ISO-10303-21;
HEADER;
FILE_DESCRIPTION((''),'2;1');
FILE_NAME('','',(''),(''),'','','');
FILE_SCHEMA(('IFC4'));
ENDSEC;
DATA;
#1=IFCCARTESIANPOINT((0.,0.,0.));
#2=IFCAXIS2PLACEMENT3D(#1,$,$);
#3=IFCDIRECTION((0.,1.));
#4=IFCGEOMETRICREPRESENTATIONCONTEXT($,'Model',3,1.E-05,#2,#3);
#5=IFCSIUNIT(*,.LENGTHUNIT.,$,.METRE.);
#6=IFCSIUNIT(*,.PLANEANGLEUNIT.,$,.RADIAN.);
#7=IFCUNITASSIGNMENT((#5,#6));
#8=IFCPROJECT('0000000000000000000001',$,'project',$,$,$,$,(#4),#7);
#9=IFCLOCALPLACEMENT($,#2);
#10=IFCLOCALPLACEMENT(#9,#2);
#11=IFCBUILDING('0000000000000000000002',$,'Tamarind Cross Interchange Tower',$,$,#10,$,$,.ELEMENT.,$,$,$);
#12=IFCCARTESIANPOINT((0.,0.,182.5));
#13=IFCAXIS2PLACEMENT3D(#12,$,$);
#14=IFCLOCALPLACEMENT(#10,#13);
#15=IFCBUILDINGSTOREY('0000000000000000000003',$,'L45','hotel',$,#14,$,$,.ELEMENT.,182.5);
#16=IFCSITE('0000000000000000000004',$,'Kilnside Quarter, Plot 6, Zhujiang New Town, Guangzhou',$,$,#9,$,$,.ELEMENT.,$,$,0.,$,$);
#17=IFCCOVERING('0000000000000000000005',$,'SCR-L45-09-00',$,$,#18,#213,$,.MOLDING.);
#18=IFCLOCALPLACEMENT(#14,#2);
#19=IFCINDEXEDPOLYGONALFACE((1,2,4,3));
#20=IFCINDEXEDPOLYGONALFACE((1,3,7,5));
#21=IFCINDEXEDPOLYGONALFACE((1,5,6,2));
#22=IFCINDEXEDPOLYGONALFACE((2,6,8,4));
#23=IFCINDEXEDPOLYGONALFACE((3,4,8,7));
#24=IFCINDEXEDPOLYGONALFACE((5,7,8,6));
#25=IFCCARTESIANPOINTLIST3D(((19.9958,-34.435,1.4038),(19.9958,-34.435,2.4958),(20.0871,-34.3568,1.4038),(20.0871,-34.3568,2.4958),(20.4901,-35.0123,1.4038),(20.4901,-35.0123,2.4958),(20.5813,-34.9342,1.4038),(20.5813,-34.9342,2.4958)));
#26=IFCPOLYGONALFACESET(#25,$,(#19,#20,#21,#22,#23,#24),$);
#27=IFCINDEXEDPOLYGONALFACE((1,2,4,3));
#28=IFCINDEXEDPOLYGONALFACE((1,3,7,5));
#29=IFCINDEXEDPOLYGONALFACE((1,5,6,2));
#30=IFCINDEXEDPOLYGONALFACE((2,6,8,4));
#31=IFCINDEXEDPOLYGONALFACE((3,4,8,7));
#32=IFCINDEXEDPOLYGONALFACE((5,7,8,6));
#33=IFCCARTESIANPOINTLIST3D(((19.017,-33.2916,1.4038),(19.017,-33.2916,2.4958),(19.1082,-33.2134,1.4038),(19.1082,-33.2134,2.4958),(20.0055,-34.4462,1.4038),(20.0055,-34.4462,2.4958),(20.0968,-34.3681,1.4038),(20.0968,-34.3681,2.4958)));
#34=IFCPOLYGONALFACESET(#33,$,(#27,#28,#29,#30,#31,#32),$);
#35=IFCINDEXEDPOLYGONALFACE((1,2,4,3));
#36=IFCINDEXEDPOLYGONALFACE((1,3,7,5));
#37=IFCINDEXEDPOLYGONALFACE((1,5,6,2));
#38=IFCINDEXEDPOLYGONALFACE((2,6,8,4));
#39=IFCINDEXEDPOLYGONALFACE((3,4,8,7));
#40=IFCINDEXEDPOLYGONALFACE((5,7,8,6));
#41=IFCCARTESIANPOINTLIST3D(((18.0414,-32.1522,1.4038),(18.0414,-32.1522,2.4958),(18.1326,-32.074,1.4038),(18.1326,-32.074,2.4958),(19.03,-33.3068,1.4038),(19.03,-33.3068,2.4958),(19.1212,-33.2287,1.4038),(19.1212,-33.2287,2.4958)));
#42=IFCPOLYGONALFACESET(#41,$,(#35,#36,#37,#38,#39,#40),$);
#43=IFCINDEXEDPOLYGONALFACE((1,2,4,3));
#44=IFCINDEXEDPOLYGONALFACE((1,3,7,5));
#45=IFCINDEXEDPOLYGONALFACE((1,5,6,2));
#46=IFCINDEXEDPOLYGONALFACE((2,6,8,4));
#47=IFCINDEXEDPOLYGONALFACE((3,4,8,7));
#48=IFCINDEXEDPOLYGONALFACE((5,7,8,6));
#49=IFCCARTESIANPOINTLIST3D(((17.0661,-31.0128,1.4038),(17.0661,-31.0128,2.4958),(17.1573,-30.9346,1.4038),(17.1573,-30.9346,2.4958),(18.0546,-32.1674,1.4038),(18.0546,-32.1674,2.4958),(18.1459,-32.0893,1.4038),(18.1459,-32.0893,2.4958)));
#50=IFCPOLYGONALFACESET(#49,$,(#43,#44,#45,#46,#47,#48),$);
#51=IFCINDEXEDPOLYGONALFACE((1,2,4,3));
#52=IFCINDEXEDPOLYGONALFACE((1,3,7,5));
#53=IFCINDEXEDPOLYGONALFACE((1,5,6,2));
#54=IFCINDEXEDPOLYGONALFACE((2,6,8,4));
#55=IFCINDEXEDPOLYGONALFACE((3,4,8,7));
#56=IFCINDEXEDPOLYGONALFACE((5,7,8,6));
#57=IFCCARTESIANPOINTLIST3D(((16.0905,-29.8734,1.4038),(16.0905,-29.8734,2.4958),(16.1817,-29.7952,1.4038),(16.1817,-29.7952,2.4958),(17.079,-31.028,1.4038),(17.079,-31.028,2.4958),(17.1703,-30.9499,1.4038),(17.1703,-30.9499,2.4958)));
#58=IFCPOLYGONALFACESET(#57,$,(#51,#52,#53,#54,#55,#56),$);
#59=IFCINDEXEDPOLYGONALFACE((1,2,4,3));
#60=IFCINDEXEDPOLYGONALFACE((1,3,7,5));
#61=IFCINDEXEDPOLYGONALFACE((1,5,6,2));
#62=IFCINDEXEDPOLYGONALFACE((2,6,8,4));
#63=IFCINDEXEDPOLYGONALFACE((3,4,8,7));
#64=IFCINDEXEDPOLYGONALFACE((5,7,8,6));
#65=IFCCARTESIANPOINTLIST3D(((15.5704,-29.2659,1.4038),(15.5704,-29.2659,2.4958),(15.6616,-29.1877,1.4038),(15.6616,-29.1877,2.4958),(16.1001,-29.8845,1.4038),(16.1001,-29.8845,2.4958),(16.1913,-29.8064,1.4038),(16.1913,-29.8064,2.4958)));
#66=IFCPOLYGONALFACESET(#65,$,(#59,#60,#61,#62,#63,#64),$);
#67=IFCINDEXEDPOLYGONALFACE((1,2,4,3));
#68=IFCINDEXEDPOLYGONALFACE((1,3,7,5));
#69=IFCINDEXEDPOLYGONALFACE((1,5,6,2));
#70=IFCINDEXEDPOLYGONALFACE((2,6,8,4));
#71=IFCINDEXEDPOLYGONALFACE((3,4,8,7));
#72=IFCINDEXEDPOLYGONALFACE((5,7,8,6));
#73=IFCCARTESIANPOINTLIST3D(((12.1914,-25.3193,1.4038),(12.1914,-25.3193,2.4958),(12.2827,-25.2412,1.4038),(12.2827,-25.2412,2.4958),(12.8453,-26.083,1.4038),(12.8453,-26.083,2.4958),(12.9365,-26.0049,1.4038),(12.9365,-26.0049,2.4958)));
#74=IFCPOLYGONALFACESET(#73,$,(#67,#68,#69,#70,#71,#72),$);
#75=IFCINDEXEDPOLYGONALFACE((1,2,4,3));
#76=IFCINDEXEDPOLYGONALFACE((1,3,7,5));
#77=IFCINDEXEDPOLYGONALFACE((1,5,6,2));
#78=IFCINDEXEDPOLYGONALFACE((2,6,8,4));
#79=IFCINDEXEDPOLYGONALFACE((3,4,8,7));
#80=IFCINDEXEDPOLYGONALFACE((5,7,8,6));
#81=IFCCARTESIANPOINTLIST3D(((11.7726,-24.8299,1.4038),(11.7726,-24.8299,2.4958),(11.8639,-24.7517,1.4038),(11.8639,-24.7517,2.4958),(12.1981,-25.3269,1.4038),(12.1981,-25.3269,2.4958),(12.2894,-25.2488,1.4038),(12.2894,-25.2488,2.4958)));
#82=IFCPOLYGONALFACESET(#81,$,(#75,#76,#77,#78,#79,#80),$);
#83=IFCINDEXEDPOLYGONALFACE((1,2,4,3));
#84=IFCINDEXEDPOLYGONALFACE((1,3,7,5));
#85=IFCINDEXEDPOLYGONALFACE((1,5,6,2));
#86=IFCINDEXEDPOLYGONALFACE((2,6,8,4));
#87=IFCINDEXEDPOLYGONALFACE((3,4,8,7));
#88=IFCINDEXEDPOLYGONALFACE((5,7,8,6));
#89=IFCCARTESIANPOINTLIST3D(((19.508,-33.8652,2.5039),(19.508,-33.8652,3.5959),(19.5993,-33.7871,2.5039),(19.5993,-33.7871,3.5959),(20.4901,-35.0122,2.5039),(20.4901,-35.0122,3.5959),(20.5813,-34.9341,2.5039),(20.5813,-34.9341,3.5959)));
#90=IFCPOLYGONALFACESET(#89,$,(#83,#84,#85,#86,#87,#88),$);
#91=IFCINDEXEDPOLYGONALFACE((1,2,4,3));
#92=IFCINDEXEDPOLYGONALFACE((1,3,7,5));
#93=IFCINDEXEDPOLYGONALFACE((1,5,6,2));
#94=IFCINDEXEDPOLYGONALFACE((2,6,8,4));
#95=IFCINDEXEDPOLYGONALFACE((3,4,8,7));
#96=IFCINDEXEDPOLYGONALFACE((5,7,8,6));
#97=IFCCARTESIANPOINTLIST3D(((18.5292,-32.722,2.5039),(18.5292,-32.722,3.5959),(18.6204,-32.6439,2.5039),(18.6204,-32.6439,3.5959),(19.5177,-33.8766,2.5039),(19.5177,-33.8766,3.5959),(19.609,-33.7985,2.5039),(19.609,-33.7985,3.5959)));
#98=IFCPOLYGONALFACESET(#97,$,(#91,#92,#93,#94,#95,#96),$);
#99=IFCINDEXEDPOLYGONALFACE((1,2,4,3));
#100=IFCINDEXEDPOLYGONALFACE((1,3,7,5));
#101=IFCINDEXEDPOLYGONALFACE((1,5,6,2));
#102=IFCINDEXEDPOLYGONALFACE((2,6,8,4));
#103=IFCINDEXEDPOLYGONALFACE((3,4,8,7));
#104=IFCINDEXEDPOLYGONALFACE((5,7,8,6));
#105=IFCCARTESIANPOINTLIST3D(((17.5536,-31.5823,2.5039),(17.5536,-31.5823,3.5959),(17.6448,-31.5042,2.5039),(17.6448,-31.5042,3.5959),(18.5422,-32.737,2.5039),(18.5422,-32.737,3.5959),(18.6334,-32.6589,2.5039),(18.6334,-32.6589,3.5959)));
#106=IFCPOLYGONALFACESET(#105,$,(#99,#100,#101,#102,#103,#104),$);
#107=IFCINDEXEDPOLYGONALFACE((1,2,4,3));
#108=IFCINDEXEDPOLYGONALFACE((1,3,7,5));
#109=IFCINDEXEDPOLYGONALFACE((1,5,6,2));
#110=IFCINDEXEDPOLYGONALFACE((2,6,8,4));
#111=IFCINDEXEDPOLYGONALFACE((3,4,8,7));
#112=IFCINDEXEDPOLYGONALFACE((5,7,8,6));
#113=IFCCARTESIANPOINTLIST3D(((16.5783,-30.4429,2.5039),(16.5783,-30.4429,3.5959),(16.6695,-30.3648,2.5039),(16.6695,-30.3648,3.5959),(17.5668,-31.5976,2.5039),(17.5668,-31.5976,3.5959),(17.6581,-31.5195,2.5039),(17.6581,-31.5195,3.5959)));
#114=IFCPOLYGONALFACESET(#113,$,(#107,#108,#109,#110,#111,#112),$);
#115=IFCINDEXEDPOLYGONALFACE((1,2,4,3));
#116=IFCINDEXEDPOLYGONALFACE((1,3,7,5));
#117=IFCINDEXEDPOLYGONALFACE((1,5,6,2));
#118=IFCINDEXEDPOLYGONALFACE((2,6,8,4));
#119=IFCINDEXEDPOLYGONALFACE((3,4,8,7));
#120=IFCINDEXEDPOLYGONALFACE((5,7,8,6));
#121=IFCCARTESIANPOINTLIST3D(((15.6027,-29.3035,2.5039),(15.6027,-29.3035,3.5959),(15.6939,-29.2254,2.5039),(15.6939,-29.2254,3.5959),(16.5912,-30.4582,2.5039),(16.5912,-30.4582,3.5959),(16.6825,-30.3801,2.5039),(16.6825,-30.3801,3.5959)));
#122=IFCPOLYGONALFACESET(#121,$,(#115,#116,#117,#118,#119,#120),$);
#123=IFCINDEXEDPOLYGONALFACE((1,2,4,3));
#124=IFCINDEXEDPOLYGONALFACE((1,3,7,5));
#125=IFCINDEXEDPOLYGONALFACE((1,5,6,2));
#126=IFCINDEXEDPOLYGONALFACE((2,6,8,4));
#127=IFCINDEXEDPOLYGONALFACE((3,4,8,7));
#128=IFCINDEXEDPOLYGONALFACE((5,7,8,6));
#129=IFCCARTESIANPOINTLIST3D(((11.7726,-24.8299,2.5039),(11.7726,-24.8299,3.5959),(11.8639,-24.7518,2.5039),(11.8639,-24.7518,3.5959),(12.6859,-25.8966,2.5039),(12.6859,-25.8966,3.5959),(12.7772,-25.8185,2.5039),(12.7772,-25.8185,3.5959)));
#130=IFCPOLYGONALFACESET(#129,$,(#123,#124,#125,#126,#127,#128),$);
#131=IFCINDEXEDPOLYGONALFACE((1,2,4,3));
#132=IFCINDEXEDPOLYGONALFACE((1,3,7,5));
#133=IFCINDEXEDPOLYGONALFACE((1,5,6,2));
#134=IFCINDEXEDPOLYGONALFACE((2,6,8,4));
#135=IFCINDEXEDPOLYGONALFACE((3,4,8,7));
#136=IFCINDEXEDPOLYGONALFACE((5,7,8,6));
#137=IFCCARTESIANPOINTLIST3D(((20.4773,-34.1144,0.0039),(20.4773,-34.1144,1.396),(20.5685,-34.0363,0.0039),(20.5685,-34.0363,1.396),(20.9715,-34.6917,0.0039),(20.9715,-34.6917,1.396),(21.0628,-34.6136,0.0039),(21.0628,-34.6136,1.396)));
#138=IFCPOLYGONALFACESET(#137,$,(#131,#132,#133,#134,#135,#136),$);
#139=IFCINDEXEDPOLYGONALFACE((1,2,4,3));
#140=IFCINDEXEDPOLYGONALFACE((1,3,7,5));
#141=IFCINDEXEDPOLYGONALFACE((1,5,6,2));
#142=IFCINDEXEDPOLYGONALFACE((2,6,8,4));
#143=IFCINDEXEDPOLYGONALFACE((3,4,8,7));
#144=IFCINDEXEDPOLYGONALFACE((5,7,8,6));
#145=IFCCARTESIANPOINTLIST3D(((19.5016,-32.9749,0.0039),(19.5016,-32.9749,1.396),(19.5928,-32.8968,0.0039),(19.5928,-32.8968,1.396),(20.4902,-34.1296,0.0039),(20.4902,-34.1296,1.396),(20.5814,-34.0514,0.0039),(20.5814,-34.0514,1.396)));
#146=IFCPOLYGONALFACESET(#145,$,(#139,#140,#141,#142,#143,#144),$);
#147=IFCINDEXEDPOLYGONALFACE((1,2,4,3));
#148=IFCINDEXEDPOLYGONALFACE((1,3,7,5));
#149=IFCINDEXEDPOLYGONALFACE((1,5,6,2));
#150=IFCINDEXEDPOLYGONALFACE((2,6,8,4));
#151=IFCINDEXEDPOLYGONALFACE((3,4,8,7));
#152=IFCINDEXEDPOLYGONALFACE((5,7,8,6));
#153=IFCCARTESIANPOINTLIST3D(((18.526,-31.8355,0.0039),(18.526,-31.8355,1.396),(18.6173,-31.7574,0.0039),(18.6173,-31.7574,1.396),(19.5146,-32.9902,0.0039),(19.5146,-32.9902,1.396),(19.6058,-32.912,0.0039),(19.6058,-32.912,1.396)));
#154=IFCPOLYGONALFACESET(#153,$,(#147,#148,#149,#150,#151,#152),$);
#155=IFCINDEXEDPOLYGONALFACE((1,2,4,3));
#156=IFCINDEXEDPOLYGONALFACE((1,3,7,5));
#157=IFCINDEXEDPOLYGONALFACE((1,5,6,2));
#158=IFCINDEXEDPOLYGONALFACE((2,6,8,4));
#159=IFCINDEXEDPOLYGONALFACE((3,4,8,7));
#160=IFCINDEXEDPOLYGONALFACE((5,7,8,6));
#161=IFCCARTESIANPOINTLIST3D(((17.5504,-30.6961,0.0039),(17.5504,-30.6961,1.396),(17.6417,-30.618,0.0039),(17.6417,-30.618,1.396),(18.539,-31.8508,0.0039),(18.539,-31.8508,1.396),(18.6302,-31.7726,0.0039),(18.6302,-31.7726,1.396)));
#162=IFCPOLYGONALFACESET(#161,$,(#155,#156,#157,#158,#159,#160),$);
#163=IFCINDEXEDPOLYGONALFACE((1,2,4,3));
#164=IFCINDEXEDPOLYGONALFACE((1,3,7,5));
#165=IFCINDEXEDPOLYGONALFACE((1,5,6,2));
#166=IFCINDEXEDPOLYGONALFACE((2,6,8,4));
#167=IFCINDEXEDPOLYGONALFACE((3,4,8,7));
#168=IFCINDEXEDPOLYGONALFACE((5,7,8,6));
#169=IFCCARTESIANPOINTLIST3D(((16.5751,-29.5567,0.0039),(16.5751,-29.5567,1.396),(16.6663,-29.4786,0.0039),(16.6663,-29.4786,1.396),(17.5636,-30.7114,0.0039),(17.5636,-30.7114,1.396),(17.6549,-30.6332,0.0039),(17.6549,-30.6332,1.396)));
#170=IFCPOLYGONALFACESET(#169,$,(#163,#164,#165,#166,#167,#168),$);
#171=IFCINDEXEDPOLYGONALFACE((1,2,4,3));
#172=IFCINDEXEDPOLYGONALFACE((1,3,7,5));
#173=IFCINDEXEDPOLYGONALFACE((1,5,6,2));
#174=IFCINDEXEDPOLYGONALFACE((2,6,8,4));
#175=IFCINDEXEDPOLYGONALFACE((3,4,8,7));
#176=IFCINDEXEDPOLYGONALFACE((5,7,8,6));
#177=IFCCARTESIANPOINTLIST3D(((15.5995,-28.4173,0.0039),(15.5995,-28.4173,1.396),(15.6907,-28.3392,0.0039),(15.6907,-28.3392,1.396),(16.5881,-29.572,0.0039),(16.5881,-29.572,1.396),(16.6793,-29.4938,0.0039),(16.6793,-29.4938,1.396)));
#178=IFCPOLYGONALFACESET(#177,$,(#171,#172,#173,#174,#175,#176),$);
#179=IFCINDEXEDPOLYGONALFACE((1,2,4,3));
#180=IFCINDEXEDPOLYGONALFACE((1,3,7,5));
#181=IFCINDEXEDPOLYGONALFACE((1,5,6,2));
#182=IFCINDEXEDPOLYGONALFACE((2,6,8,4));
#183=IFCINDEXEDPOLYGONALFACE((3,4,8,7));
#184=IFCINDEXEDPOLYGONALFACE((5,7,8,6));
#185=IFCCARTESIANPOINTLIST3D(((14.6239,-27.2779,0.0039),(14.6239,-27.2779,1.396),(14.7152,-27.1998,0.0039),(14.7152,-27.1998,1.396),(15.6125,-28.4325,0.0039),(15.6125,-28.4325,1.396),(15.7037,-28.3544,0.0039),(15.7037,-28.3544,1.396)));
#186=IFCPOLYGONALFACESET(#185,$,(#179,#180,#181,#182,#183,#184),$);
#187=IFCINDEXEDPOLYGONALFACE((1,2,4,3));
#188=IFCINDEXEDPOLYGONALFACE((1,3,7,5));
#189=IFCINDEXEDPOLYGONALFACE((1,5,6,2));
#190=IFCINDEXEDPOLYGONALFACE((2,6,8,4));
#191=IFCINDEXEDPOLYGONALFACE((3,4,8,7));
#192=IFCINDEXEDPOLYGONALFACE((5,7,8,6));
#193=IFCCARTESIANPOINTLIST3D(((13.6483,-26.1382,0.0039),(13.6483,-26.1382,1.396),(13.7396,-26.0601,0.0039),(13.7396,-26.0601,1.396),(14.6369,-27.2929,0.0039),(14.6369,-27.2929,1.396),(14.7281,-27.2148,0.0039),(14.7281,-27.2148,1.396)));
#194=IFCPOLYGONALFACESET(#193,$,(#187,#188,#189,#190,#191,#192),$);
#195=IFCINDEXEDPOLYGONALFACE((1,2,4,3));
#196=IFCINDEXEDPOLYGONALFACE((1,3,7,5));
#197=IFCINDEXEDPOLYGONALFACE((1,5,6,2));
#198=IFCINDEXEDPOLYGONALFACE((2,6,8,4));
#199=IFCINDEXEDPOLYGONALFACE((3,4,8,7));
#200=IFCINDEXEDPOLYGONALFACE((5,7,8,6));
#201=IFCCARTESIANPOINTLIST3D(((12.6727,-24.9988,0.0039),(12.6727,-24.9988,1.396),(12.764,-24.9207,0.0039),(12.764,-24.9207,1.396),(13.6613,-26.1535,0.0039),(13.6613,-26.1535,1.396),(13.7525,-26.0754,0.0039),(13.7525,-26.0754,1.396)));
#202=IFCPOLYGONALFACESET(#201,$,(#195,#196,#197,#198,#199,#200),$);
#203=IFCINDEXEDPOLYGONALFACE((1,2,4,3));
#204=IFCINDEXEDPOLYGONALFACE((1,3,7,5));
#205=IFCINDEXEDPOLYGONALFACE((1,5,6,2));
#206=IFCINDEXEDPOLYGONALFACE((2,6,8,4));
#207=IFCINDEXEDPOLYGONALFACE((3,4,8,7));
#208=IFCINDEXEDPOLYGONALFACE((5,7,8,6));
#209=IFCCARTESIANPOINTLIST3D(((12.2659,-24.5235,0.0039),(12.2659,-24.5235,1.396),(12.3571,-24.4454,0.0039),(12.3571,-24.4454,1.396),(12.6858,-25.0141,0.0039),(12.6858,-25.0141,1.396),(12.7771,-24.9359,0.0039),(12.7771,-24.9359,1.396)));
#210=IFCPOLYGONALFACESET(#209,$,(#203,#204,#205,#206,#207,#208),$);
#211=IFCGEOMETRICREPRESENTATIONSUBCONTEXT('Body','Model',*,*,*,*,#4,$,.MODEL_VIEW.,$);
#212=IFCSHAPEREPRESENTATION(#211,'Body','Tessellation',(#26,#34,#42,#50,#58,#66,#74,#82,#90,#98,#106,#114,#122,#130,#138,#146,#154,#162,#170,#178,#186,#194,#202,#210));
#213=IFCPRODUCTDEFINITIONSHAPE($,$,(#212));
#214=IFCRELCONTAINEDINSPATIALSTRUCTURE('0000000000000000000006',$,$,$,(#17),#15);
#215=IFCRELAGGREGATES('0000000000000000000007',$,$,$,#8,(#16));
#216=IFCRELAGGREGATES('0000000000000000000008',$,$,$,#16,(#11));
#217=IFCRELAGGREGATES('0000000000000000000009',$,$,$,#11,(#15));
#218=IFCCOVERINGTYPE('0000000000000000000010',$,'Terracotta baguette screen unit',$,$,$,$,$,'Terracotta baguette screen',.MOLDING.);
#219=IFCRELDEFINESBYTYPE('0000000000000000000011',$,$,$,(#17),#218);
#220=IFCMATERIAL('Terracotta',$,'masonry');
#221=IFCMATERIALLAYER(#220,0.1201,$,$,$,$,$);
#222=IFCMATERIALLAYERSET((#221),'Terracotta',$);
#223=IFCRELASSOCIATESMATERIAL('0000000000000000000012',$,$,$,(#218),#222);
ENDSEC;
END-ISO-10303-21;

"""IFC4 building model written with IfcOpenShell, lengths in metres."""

from ifc_helpers import new_model, si_unit, direction, frame, origin, origin_2d, place, context, subcontext, project, spatial, rectangle, extrude, material, layer, layer_set, type_object, element, save


model = new_model("IFC4")

# Units and contexts
model_context = context("Model", 3, precision=1e-05, world=origin(), true_north=direction((0.0, 1.0)))
body_context = subcontext(model_context, "Body", "Model", "MODEL_VIEW")
ifc_project = project(units=[si_unit("LENGTHUNIT", "METRE"), si_unit("PLANEANGLEUNIT", "RADIAN")], contexts=[model_context])

# Site, building, storey
site_placement = place(None, origin())
site = spatial("IfcSite", under=ifc_project, at=site_placement, Name="Kilnside Quarter, Plot 6, Zhujiang New Town, Guangzhou", CompositionType="ELEMENT", RefElevation=0.0)
building_placement = place(site_placement, origin())
building = spatial("IfcBuilding", under=site, at=building_placement, Name="Tamarind Cross Interchange Tower", CompositionType="ELEMENT")
storey_placement = place(building_placement, frame((0.0, 0.0, 182.5)))
storey = spatial("IfcBuildingStorey", under=building, at=storey_placement, Name="L45", Description="hotel", CompositionType="ELEMENT", Elevation=182.5)

# Covering
ifc_material_1 = material(Name="Terracotta", Category="masonry")
ifc_layer_1 = layer(ifc_material_1, 0.1201)
ifc_layer_set_1 = layer_set([ifc_layer_1], Name="Terracotta")
covering_type = type_object("IfcCoveringType", Name="Terracotta baguette screen unit", ElementType="Terracotta baguette screen", PredefinedType="MOLDING", material=ifc_layer_set_1)
covering_1_placement = place(storey_placement, origin())
element("IfcCovering", 1, at=covering_1_placement, inside=storey, type_object=covering_type, Name="SCR-L45-09-00", PredefinedType="MOLDING", context=body_context, shape_type="SweptSolid", body=[
    extrude(rectangle(XDim=0.76, YDim=0.1201, at=origin_2d()), frame((20.2886, -34.6846, 1.4038), z_axis=(0.0, 0.0, 1.0), x_axis=(-0.650358, 0.759628, 0.0)), (0.0, 0.0, 1.0), 1.092),
    extrude(rectangle(XDim=1.52, YDim=0.1201, at=origin_2d()), frame((19.5569, -33.8298, 1.4038), z_axis=(0.0, 0.0, 1.0), x_axis=(-0.650358, 0.759628, 0.0)), (0.0, 0.0, 1.0), 1.092),
    extrude(rectangle(XDim=1.52, YDim=0.1201, at=origin_2d()), frame((18.5813, -32.6904, 1.4038), z_axis=(0.0, 0.0, 1.0), x_axis=(-0.650358, 0.759628, 0.0)), (0.0, 0.0, 1.0), 1.092),
    extrude(rectangle(XDim=1.52, YDim=0.1201, at=origin_2d()), frame((17.606, -31.551, 1.4038), z_axis=(0.0, 0.0, 1.0), x_axis=(-0.650358, 0.759628, 0.0)), (0.0, 0.0, 1.0), 1.092),
    extrude(rectangle(XDim=1.52, YDim=0.1201, at=origin_2d()), frame((16.6304, -30.4116, 1.4038), z_axis=(0.0, 0.0, 1.0), x_axis=(-0.650358, 0.759628, 0.0)), (0.0, 0.0, 1.0), 1.092),
    extrude(rectangle(XDim=0.8145, YDim=0.1201, at=origin_2d()), frame((15.8809, -29.5361, 1.4038), z_axis=(0.0, 0.0, 1.0), x_axis=(-0.650358, 0.759628, 0.0)), (0.0, 0.0, 1.0), 1.092),
    extrude(rectangle(XDim=1.0054, YDim=0.1201, at=origin_2d()), frame((12.564, -25.6621, 1.4038), z_axis=(0.0, 0.0, 1.0), x_axis=(-0.650358, 0.759628, 0.0)), (0.0, 0.0, 1.0), 1.092),
    extrude(rectangle(XDim=0.6543, YDim=0.1201, at=origin_2d()), frame((12.031, -25.0393, 1.4038), z_axis=(0.0, 0.0, 1.0), x_axis=(-0.650358, 0.759628, 0.0)), (0.0, 0.0, 1.0), 1.092),
    extrude(rectangle(XDim=1.51, YDim=0.1201, at=origin_2d()), frame((20.0447, -34.3997, 2.5039), z_axis=(0.0, 0.0, 1.0), x_axis=(-0.650358, 0.759628, 0.0)), (0.0, 0.0, 1.0), 1.092),
    extrude(rectangle(XDim=1.52, YDim=0.1201, at=origin_2d()), frame((19.0691, -33.2603, 2.5039), z_axis=(0.0, 0.0, 1.0), x_axis=(-0.650358, 0.759628, 0.0)), (0.0, 0.0, 1.0), 1.092),
    extrude(rectangle(XDim=1.52, YDim=0.1201, at=origin_2d()), frame((18.0935, -32.1206, 2.5039), z_axis=(0.0, 0.0, 1.0), x_axis=(-0.650358, 0.759628, 0.0)), (0.0, 0.0, 1.0), 1.092),
    extrude(rectangle(XDim=1.52, YDim=0.1201, at=origin_2d()), frame((17.1182, -30.9812, 2.5039), z_axis=(0.0, 0.0, 1.0), x_axis=(-0.650358, 0.759628, 0.0)), (0.0, 0.0, 1.0), 1.092),
    extrude(rectangle(XDim=1.52, YDim=0.1201, at=origin_2d()), frame((16.1426, -29.8418, 2.5039), z_axis=(0.0, 0.0, 1.0), x_axis=(-0.650358, 0.759628, 0.0)), (0.0, 0.0, 1.0), 1.092),
    extrude(rectangle(XDim=1.4043, YDim=0.1201, at=origin_2d()), frame((12.2749, -25.3242, 2.5039), z_axis=(0.0, 0.0, 1.0), x_axis=(-0.650358, 0.759628, 0.0)), (0.0, 0.0, 1.0), 1.092),
    extrude(rectangle(XDim=0.76, YDim=0.1201, at=origin_2d()), frame((20.77, -34.364, 0.0039), z_axis=(0.0, 0.0, 1.0), x_axis=(-0.650358, 0.759628, 0.0)), (0.0, 0.0, 1.0), 1.3921),
    extrude(rectangle(XDim=1.52, YDim=0.1201, at=origin_2d()), frame((20.0415, -33.5132, 0.0039), z_axis=(0.0, 0.0, 1.0), x_axis=(-0.650358, 0.759628, 0.0)), (0.0, 0.0, 1.0), 1.3921),
    extrude(rectangle(XDim=1.52, YDim=0.1201, at=origin_2d()), frame((19.0659, -32.3738, 0.0039), z_axis=(0.0, 0.0, 1.0), x_axis=(-0.650358, 0.759628, 0.0)), (0.0, 0.0, 1.0), 1.3921),
    extrude(rectangle(XDim=1.52, YDim=0.1201, at=origin_2d()), frame((18.0903, -31.2344, 0.0039), z_axis=(0.0, 0.0, 1.0), x_axis=(-0.650358, 0.759628, 0.0)), (0.0, 0.0, 1.0), 1.3921),
    extrude(rectangle(XDim=1.52, YDim=0.1201, at=origin_2d()), frame((17.115, -30.095, 0.0039), z_axis=(0.0, 0.0, 1.0), x_axis=(-0.650358, 0.759628, 0.0)), (0.0, 0.0, 1.0), 1.3921),
    extrude(rectangle(XDim=1.52, YDim=0.1201, at=origin_2d()), frame((16.1394, -28.9556, 0.0039), z_axis=(0.0, 0.0, 1.0), x_axis=(-0.650358, 0.759628, 0.0)), (0.0, 0.0, 1.0), 1.3921),
    extrude(rectangle(XDim=1.52, YDim=0.1201, at=origin_2d()), frame((15.1638, -27.8162, 0.0039), z_axis=(0.0, 0.0, 1.0), x_axis=(-0.650358, 0.759628, 0.0)), (0.0, 0.0, 1.0), 1.3921),
    extrude(rectangle(XDim=1.52, YDim=0.1201, at=origin_2d()), frame((14.1882, -26.6765, 0.0039), z_axis=(0.0, 0.0, 1.0), x_axis=(-0.650358, 0.759628, 0.0)), (0.0, 0.0, 1.0), 1.3921),
    extrude(rectangle(XDim=1.52, YDim=0.1201, at=origin_2d()), frame((13.2126, -25.5371, 0.0039), z_axis=(0.0, 0.0, 1.0), x_axis=(-0.650358, 0.759628, 0.0)), (0.0, 0.0, 1.0), 1.3921),
    extrude(rectangle(XDim=0.6458, YDim=0.1201, at=origin_2d()), frame((12.5215, -24.7297, 0.0039), z_axis=(0.0, 0.0, 1.0), x_axis=(-0.650358, 0.759628, 0.0)), (0.0, 0.0, 1.0), 1.3921),
])

save(model, "model.ifc")
